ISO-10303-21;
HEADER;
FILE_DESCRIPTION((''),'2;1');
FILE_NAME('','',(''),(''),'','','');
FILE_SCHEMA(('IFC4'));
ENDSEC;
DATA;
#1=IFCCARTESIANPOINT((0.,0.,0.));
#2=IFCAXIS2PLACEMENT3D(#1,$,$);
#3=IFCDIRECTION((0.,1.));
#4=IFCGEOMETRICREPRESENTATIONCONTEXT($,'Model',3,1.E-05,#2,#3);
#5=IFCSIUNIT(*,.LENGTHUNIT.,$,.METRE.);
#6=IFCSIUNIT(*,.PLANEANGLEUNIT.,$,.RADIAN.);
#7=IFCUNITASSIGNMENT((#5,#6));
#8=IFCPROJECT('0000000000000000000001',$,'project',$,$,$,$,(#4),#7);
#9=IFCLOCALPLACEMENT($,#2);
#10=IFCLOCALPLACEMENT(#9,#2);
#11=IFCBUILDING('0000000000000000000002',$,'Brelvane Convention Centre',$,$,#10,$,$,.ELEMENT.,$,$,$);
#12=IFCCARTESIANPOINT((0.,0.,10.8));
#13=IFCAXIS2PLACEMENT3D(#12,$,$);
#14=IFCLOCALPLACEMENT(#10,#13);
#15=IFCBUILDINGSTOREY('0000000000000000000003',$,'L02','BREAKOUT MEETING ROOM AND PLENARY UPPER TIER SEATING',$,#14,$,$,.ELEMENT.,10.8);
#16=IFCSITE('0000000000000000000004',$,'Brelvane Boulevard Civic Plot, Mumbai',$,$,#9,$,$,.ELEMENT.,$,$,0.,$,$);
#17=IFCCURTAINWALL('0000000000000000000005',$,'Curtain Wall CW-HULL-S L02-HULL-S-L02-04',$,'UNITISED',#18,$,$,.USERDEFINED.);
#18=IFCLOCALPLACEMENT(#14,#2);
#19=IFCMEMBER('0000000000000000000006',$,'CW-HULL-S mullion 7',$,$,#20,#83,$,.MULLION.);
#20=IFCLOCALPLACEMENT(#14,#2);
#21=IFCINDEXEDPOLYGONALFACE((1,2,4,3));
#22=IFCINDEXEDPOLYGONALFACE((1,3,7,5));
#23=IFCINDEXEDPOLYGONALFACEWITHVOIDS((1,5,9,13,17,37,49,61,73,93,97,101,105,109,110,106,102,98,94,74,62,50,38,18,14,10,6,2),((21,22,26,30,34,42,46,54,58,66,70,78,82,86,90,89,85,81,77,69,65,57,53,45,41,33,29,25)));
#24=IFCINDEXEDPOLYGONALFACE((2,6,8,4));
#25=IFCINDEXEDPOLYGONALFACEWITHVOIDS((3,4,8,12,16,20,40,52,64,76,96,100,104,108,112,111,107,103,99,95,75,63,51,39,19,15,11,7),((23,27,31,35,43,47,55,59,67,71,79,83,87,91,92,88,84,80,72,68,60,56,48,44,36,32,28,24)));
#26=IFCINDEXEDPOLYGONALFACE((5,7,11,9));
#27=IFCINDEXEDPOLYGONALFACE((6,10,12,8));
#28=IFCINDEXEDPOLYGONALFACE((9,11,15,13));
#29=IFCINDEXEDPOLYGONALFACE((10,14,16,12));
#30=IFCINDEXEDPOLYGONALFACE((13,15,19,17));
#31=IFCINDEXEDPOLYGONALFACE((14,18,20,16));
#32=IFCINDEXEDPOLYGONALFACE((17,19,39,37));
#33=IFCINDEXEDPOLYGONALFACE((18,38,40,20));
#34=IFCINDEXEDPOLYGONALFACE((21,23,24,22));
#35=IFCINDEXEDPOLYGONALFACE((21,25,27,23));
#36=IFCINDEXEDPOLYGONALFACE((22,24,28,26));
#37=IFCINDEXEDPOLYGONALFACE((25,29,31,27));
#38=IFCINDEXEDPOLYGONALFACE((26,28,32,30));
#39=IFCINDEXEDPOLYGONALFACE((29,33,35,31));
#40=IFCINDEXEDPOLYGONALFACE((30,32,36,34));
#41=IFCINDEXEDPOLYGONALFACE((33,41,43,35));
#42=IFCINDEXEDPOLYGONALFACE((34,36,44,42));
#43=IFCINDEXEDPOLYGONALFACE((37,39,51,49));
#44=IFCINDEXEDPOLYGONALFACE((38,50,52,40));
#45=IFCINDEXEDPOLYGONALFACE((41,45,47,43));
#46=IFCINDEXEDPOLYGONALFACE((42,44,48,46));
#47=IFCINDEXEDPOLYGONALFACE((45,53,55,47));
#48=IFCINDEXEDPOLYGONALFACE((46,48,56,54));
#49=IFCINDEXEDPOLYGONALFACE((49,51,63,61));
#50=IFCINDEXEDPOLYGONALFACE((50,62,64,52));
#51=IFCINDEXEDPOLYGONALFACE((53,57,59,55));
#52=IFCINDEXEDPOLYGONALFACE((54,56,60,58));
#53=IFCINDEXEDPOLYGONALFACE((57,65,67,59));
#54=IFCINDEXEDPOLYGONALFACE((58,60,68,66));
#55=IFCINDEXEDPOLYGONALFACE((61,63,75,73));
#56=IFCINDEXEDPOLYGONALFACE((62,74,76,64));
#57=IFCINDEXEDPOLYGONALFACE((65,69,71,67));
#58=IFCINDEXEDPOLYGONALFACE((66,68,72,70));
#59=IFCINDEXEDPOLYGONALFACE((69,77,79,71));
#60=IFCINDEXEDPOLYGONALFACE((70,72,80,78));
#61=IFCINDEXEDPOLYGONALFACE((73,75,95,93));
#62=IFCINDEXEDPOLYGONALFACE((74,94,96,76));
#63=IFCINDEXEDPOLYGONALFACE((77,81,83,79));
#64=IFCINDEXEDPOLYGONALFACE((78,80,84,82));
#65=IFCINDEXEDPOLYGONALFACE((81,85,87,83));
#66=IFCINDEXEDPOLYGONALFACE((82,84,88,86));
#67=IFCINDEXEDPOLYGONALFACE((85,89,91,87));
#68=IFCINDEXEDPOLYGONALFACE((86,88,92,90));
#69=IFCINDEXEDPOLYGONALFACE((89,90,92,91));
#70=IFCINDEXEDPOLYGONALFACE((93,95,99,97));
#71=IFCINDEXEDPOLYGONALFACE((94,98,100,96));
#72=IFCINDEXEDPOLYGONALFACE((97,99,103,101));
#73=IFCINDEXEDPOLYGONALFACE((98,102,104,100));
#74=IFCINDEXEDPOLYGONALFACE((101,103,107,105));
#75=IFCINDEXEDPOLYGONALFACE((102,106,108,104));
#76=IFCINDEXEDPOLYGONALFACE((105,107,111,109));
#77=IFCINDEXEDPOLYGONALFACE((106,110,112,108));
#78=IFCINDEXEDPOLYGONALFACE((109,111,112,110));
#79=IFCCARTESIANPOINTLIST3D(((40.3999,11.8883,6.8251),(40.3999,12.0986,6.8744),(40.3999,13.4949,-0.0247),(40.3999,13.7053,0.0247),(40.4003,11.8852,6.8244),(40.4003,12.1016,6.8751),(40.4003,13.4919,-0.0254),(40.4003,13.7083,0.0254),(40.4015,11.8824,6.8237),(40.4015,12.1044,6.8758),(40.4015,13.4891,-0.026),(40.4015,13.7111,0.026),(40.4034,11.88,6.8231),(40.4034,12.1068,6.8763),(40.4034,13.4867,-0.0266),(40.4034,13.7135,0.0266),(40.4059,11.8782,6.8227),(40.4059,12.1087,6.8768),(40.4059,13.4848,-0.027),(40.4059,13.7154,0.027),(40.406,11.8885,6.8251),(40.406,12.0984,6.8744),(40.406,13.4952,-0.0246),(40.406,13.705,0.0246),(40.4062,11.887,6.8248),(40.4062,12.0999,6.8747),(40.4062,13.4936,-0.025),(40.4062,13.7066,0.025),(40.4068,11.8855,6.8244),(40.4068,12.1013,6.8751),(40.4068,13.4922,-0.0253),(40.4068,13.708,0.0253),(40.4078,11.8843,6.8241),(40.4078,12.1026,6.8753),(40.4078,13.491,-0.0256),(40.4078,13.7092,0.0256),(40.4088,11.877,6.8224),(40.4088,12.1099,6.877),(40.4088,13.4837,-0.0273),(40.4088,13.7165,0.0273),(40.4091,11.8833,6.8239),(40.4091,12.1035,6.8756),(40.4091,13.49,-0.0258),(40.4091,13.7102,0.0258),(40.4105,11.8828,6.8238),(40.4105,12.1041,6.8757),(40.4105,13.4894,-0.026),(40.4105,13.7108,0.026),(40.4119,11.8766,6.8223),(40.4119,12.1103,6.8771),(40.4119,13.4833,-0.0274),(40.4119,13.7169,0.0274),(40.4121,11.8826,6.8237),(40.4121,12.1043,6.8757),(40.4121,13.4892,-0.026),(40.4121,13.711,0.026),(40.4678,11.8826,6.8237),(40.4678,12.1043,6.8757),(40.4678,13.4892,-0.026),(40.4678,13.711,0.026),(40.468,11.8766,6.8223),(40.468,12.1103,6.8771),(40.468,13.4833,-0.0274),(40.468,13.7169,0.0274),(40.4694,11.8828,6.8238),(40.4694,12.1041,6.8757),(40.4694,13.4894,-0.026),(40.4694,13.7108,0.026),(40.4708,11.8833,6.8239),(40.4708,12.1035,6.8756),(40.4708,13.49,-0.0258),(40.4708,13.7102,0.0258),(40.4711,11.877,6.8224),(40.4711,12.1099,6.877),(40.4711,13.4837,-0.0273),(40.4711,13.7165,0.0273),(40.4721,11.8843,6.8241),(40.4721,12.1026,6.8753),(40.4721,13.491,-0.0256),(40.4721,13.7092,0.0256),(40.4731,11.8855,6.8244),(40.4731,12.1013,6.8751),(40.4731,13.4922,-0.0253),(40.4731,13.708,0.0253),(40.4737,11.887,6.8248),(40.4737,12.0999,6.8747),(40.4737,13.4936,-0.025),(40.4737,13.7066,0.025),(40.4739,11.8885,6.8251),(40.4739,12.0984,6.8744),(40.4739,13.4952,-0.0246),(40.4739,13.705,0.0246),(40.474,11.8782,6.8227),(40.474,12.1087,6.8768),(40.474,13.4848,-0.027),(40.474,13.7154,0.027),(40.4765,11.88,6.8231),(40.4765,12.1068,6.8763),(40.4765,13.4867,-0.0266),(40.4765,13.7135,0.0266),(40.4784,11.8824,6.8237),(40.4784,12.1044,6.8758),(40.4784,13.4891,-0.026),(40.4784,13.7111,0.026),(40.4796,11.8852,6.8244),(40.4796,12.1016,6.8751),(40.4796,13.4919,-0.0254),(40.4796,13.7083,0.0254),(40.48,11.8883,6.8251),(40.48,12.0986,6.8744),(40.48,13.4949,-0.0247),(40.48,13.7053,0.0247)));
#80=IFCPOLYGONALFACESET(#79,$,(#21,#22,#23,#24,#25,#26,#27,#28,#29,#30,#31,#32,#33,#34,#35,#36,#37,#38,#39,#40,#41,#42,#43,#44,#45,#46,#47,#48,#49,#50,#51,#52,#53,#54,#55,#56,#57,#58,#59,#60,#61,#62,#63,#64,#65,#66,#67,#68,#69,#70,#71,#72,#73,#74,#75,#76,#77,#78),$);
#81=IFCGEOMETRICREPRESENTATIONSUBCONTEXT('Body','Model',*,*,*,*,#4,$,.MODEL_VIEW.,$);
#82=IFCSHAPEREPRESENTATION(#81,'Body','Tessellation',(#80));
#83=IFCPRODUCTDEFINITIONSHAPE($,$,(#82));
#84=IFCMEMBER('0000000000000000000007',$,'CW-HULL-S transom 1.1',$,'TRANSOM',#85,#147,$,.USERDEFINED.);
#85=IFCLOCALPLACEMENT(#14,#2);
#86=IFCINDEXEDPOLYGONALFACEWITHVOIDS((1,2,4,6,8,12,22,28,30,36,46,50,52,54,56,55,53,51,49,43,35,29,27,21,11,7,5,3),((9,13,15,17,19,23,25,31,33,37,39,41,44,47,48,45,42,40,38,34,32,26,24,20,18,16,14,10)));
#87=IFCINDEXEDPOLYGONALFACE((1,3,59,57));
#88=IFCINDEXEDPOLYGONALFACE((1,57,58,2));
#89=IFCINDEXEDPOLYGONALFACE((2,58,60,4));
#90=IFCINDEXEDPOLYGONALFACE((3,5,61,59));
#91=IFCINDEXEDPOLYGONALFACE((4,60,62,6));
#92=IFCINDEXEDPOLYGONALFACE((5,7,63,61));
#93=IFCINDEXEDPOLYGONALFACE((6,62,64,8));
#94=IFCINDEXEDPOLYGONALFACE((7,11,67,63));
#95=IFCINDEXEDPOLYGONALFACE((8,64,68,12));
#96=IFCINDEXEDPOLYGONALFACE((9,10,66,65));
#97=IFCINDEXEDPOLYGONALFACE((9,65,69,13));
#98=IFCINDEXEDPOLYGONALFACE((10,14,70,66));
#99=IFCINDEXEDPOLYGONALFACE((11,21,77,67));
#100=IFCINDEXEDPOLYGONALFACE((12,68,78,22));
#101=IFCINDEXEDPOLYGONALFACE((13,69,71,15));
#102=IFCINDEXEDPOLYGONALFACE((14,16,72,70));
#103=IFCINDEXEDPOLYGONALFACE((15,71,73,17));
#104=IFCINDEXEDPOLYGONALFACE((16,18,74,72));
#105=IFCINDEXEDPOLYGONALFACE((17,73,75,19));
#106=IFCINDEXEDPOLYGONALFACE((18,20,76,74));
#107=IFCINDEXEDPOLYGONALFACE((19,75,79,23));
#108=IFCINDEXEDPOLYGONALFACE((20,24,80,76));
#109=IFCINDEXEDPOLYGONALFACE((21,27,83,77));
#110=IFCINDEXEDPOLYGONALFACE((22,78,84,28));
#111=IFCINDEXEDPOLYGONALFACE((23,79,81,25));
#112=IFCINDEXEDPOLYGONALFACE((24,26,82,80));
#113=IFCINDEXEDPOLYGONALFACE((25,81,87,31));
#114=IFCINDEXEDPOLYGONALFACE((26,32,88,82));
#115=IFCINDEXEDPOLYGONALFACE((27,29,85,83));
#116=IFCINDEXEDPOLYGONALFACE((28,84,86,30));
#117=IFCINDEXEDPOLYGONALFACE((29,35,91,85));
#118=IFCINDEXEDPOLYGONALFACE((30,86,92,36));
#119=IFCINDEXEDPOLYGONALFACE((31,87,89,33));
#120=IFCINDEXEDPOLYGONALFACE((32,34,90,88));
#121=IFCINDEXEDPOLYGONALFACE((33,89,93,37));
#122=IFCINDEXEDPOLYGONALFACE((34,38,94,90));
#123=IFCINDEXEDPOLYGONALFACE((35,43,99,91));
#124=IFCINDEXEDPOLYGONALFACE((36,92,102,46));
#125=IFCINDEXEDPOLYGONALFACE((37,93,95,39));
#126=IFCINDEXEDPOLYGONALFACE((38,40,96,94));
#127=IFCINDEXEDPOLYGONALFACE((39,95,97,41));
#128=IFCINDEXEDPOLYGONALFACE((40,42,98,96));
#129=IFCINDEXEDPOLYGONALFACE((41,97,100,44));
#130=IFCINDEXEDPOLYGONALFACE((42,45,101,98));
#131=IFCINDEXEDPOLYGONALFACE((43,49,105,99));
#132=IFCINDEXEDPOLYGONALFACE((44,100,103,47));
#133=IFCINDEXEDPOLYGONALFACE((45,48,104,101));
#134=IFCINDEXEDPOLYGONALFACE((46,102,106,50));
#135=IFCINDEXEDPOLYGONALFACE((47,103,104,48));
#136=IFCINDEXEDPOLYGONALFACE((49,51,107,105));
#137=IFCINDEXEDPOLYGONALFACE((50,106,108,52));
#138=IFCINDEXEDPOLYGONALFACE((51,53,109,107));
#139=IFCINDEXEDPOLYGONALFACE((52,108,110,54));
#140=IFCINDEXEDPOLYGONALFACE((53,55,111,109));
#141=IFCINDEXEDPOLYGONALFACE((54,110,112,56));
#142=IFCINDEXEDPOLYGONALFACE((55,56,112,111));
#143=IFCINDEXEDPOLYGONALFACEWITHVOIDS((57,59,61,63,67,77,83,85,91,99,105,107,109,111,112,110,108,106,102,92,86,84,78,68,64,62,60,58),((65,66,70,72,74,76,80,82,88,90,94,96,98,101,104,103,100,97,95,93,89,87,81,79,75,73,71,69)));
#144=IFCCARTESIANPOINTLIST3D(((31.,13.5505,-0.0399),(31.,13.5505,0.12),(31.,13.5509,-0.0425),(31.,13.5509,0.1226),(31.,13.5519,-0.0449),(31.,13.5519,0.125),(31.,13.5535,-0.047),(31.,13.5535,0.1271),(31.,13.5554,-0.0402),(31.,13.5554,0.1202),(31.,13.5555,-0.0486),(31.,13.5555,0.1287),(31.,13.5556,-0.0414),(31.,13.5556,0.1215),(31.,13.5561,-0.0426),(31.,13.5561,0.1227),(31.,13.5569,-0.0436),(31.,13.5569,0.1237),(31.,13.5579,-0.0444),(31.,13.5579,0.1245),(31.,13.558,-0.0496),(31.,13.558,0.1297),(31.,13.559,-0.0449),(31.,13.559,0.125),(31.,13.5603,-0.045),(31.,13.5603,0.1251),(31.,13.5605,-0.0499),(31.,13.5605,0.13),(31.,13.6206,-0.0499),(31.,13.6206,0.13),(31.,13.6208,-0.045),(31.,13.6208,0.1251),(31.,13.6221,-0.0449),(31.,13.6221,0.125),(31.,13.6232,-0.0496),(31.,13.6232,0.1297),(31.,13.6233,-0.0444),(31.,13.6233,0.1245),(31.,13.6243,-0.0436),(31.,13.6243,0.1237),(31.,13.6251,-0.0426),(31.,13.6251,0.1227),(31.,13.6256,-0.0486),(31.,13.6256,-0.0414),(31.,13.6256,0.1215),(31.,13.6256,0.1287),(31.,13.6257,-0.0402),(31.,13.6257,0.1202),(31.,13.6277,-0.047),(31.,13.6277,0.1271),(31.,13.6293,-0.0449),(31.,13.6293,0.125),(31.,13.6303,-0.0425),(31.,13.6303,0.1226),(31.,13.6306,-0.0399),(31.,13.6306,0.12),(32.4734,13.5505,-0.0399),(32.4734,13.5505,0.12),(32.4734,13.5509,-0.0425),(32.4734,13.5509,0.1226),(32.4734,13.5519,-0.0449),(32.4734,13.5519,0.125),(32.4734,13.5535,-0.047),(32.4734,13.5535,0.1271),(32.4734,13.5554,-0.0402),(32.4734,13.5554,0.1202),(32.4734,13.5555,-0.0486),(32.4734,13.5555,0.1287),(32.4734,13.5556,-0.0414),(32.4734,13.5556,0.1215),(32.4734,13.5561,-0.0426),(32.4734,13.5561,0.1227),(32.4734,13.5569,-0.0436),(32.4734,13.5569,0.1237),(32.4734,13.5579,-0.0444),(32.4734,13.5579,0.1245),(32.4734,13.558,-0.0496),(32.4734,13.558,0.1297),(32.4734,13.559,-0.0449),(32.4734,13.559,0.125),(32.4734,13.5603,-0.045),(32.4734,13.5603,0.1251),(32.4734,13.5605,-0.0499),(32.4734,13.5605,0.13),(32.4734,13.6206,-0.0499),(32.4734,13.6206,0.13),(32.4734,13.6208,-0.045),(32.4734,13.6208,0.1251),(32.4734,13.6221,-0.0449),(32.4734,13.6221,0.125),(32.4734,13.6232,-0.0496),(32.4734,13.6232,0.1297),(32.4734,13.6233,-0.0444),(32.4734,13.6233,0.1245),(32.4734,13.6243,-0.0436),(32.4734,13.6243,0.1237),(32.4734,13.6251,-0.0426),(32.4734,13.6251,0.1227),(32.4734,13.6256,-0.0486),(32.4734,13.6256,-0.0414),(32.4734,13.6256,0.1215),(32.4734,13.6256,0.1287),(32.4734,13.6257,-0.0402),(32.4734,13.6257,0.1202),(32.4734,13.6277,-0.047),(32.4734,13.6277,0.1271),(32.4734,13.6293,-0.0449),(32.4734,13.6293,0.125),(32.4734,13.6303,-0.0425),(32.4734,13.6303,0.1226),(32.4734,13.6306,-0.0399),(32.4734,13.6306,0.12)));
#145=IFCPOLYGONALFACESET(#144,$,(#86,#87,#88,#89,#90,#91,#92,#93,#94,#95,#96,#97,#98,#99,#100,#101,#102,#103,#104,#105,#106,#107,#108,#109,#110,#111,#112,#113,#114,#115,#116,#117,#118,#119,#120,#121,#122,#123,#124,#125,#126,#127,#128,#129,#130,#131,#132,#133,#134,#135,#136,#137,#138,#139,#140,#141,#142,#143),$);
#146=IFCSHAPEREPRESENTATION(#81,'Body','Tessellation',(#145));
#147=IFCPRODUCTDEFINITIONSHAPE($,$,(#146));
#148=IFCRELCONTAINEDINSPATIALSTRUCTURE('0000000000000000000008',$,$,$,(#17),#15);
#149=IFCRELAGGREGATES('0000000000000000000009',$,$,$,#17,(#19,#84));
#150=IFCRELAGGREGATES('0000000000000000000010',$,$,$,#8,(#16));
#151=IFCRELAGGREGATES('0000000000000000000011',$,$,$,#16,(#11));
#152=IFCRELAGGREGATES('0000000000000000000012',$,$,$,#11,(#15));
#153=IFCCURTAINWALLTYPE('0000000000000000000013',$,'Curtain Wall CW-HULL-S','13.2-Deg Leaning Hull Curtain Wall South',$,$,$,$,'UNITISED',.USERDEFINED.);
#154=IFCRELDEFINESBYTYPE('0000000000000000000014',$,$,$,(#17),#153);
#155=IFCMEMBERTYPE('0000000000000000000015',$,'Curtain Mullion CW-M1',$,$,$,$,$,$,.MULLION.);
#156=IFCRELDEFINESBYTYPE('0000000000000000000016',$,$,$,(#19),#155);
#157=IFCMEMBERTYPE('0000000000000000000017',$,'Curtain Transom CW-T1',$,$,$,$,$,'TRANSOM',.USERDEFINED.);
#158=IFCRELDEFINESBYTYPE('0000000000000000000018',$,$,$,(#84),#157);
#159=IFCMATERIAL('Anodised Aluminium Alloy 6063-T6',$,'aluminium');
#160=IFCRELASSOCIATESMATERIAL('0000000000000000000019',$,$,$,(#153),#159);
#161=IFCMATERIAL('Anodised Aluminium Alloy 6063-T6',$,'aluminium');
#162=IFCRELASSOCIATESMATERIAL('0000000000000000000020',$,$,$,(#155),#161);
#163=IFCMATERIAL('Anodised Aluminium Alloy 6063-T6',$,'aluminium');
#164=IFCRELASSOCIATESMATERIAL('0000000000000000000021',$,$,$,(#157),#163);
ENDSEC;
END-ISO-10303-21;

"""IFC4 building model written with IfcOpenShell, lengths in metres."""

from ifc_helpers import new_model, si_unit, direction, frame, origin, origin_2d, place, context, subcontext, project, spatial, hollow_rectangle, extrude, material, material_profile, profile_set, type_object, element, aggregate, save


model = new_model("IFC4")

# Units and contexts
model_context = context("Model", 3, precision=1e-05, world=origin(), true_north=direction((0.0, 1.0)))
body_context = subcontext(model_context, "Body", "Model", "MODEL_VIEW")
ifc_project = project(units=[si_unit("LENGTHUNIT", "METRE"), si_unit("PLANEANGLEUNIT", "RADIAN")], contexts=[model_context])

# Site, building, storey
site_placement = place(None, origin())
site = spatial("IfcSite", under=ifc_project, at=site_placement, Name="Brelvane Boulevard Civic Plot, Mumbai", CompositionType="ELEMENT", RefElevation=0.0)
building_placement = place(site_placement, origin())
building = spatial("IfcBuilding", under=site, at=building_placement, Name="Brelvane Convention Centre", CompositionType="ELEMENT")
storey_placement = place(building_placement, frame((0.0, 0.0, 10.8)))
storey = spatial("IfcBuildingStorey", under=building, at=storey_placement, Name="L02", Description="BREAKOUT MEETING ROOM AND PLENARY UPPER TIER SEATING", CompositionType="ELEMENT", Elevation=10.8)

# Shared definitions
ifc_material_1 = material(Name="Anodised Aluminium Alloy 6063-T6", Category="aluminium")
curtain_wall_type = type_object("IfcCurtainWallType", Name="Curtain Wall CW-HULL-S", Description="13.2-Deg Leaning Hull Curtain Wall South", ElementType="UNITISED", PredefinedType="USERDEFINED", material=ifc_material_1)
ifc_material_2 = material(Name="Anodised Aluminium Alloy 6063-T6", Category="aluminium")
ifc_material_profile_1 = material_profile(ifc_material_2, hollow_rectangle(XDim=0.0801, YDim=0.24, WallThickness=0.0061, InnerFilletRadius=0.0061, OuterFilletRadius=0.012, at=origin_2d()), Name="ALU-M 240x80x6.0")
ifc_profile_set_1 = profile_set([ifc_material_profile_1], Name="Anodised Aluminium Alloy 6063-T6")
member_type_1 = type_object("IfcMemberType", Name="Curtain Mullion CW-M1", PredefinedType="MULLION", material=ifc_profile_set_1)

# Curtain wall, members
curtain_wall_1_placement = place(storey_placement, origin())
curtain_wall_1 = element("IfcCurtainWall", 1, at=curtain_wall_1_placement, inside=storey, type_object=curtain_wall_type, Name="Curtain Wall CW-HULL-S L02-HULL-S-L02-04", ObjectType="UNITISED", PredefinedType="USERDEFINED")
member_1_placement = place(storey_placement, frame((40.4399, 13.6001, 0.0), z_axis=(0.0, -0.22836, 0.973577), x_axis=(1.0, 0.0, 0.0)))
member_1 = element("IfcMember", 2, at=member_1_placement, type_object=member_type_1, Name="CW-HULL-S mullion 7", PredefinedType="MULLION", context=body_context, shape_type="SweptSolid", body=[
    extrude(hollow_rectangle(XDim=0.0801, YDim=0.24, WallThickness=0.0061, InnerFilletRadius=0.0061, OuterFilletRadius=0.012, at=origin_2d()), origin(), (0.0, 0.0, 1.0), 7.0356),
])
ifc_material_3 = material(Name="Anodised Aluminium Alloy 6063-T6", Category="aluminium")
ifc_material_profile_2 = material_profile(ifc_material_3, hollow_rectangle(XDim=0.0801, YDim=0.1799, WallThickness=0.0049, InnerFilletRadius=0.0049, OuterFilletRadius=0.01, at=origin_2d()), Name="ALU-T 180x80x5.0")
ifc_profile_set_2 = profile_set([ifc_material_profile_2], Name="Anodised Aluminium Alloy 6063-T6")
member_type_2 = type_object("IfcMemberType", Name="Curtain Transom CW-T1", ElementType="TRANSOM", PredefinedType="USERDEFINED", material=ifc_profile_set_2)
member_2_placement = place(storey_placement, frame((31.0, 13.5906, 0.04), z_axis=(1.0, 0.0, 0.0), x_axis=(0.0, 1.0, 0.0)))
member_2 = element("IfcMember", 3, at=member_2_placement, type_object=member_type_2, Name="CW-HULL-S transom 1.1", ObjectType="TRANSOM", PredefinedType="USERDEFINED", context=body_context, shape_type="SweptSolid", body=[
    extrude(hollow_rectangle(XDim=0.0801, YDim=0.1799, WallThickness=0.0049, InnerFilletRadius=0.0049, OuterFilletRadius=0.01, at=origin_2d()), origin(), (0.0, 0.0, 1.0), 1.4734),
])

aggregate(curtain_wall_1, [member_1, member_2])

save(model, "model.ifc")
